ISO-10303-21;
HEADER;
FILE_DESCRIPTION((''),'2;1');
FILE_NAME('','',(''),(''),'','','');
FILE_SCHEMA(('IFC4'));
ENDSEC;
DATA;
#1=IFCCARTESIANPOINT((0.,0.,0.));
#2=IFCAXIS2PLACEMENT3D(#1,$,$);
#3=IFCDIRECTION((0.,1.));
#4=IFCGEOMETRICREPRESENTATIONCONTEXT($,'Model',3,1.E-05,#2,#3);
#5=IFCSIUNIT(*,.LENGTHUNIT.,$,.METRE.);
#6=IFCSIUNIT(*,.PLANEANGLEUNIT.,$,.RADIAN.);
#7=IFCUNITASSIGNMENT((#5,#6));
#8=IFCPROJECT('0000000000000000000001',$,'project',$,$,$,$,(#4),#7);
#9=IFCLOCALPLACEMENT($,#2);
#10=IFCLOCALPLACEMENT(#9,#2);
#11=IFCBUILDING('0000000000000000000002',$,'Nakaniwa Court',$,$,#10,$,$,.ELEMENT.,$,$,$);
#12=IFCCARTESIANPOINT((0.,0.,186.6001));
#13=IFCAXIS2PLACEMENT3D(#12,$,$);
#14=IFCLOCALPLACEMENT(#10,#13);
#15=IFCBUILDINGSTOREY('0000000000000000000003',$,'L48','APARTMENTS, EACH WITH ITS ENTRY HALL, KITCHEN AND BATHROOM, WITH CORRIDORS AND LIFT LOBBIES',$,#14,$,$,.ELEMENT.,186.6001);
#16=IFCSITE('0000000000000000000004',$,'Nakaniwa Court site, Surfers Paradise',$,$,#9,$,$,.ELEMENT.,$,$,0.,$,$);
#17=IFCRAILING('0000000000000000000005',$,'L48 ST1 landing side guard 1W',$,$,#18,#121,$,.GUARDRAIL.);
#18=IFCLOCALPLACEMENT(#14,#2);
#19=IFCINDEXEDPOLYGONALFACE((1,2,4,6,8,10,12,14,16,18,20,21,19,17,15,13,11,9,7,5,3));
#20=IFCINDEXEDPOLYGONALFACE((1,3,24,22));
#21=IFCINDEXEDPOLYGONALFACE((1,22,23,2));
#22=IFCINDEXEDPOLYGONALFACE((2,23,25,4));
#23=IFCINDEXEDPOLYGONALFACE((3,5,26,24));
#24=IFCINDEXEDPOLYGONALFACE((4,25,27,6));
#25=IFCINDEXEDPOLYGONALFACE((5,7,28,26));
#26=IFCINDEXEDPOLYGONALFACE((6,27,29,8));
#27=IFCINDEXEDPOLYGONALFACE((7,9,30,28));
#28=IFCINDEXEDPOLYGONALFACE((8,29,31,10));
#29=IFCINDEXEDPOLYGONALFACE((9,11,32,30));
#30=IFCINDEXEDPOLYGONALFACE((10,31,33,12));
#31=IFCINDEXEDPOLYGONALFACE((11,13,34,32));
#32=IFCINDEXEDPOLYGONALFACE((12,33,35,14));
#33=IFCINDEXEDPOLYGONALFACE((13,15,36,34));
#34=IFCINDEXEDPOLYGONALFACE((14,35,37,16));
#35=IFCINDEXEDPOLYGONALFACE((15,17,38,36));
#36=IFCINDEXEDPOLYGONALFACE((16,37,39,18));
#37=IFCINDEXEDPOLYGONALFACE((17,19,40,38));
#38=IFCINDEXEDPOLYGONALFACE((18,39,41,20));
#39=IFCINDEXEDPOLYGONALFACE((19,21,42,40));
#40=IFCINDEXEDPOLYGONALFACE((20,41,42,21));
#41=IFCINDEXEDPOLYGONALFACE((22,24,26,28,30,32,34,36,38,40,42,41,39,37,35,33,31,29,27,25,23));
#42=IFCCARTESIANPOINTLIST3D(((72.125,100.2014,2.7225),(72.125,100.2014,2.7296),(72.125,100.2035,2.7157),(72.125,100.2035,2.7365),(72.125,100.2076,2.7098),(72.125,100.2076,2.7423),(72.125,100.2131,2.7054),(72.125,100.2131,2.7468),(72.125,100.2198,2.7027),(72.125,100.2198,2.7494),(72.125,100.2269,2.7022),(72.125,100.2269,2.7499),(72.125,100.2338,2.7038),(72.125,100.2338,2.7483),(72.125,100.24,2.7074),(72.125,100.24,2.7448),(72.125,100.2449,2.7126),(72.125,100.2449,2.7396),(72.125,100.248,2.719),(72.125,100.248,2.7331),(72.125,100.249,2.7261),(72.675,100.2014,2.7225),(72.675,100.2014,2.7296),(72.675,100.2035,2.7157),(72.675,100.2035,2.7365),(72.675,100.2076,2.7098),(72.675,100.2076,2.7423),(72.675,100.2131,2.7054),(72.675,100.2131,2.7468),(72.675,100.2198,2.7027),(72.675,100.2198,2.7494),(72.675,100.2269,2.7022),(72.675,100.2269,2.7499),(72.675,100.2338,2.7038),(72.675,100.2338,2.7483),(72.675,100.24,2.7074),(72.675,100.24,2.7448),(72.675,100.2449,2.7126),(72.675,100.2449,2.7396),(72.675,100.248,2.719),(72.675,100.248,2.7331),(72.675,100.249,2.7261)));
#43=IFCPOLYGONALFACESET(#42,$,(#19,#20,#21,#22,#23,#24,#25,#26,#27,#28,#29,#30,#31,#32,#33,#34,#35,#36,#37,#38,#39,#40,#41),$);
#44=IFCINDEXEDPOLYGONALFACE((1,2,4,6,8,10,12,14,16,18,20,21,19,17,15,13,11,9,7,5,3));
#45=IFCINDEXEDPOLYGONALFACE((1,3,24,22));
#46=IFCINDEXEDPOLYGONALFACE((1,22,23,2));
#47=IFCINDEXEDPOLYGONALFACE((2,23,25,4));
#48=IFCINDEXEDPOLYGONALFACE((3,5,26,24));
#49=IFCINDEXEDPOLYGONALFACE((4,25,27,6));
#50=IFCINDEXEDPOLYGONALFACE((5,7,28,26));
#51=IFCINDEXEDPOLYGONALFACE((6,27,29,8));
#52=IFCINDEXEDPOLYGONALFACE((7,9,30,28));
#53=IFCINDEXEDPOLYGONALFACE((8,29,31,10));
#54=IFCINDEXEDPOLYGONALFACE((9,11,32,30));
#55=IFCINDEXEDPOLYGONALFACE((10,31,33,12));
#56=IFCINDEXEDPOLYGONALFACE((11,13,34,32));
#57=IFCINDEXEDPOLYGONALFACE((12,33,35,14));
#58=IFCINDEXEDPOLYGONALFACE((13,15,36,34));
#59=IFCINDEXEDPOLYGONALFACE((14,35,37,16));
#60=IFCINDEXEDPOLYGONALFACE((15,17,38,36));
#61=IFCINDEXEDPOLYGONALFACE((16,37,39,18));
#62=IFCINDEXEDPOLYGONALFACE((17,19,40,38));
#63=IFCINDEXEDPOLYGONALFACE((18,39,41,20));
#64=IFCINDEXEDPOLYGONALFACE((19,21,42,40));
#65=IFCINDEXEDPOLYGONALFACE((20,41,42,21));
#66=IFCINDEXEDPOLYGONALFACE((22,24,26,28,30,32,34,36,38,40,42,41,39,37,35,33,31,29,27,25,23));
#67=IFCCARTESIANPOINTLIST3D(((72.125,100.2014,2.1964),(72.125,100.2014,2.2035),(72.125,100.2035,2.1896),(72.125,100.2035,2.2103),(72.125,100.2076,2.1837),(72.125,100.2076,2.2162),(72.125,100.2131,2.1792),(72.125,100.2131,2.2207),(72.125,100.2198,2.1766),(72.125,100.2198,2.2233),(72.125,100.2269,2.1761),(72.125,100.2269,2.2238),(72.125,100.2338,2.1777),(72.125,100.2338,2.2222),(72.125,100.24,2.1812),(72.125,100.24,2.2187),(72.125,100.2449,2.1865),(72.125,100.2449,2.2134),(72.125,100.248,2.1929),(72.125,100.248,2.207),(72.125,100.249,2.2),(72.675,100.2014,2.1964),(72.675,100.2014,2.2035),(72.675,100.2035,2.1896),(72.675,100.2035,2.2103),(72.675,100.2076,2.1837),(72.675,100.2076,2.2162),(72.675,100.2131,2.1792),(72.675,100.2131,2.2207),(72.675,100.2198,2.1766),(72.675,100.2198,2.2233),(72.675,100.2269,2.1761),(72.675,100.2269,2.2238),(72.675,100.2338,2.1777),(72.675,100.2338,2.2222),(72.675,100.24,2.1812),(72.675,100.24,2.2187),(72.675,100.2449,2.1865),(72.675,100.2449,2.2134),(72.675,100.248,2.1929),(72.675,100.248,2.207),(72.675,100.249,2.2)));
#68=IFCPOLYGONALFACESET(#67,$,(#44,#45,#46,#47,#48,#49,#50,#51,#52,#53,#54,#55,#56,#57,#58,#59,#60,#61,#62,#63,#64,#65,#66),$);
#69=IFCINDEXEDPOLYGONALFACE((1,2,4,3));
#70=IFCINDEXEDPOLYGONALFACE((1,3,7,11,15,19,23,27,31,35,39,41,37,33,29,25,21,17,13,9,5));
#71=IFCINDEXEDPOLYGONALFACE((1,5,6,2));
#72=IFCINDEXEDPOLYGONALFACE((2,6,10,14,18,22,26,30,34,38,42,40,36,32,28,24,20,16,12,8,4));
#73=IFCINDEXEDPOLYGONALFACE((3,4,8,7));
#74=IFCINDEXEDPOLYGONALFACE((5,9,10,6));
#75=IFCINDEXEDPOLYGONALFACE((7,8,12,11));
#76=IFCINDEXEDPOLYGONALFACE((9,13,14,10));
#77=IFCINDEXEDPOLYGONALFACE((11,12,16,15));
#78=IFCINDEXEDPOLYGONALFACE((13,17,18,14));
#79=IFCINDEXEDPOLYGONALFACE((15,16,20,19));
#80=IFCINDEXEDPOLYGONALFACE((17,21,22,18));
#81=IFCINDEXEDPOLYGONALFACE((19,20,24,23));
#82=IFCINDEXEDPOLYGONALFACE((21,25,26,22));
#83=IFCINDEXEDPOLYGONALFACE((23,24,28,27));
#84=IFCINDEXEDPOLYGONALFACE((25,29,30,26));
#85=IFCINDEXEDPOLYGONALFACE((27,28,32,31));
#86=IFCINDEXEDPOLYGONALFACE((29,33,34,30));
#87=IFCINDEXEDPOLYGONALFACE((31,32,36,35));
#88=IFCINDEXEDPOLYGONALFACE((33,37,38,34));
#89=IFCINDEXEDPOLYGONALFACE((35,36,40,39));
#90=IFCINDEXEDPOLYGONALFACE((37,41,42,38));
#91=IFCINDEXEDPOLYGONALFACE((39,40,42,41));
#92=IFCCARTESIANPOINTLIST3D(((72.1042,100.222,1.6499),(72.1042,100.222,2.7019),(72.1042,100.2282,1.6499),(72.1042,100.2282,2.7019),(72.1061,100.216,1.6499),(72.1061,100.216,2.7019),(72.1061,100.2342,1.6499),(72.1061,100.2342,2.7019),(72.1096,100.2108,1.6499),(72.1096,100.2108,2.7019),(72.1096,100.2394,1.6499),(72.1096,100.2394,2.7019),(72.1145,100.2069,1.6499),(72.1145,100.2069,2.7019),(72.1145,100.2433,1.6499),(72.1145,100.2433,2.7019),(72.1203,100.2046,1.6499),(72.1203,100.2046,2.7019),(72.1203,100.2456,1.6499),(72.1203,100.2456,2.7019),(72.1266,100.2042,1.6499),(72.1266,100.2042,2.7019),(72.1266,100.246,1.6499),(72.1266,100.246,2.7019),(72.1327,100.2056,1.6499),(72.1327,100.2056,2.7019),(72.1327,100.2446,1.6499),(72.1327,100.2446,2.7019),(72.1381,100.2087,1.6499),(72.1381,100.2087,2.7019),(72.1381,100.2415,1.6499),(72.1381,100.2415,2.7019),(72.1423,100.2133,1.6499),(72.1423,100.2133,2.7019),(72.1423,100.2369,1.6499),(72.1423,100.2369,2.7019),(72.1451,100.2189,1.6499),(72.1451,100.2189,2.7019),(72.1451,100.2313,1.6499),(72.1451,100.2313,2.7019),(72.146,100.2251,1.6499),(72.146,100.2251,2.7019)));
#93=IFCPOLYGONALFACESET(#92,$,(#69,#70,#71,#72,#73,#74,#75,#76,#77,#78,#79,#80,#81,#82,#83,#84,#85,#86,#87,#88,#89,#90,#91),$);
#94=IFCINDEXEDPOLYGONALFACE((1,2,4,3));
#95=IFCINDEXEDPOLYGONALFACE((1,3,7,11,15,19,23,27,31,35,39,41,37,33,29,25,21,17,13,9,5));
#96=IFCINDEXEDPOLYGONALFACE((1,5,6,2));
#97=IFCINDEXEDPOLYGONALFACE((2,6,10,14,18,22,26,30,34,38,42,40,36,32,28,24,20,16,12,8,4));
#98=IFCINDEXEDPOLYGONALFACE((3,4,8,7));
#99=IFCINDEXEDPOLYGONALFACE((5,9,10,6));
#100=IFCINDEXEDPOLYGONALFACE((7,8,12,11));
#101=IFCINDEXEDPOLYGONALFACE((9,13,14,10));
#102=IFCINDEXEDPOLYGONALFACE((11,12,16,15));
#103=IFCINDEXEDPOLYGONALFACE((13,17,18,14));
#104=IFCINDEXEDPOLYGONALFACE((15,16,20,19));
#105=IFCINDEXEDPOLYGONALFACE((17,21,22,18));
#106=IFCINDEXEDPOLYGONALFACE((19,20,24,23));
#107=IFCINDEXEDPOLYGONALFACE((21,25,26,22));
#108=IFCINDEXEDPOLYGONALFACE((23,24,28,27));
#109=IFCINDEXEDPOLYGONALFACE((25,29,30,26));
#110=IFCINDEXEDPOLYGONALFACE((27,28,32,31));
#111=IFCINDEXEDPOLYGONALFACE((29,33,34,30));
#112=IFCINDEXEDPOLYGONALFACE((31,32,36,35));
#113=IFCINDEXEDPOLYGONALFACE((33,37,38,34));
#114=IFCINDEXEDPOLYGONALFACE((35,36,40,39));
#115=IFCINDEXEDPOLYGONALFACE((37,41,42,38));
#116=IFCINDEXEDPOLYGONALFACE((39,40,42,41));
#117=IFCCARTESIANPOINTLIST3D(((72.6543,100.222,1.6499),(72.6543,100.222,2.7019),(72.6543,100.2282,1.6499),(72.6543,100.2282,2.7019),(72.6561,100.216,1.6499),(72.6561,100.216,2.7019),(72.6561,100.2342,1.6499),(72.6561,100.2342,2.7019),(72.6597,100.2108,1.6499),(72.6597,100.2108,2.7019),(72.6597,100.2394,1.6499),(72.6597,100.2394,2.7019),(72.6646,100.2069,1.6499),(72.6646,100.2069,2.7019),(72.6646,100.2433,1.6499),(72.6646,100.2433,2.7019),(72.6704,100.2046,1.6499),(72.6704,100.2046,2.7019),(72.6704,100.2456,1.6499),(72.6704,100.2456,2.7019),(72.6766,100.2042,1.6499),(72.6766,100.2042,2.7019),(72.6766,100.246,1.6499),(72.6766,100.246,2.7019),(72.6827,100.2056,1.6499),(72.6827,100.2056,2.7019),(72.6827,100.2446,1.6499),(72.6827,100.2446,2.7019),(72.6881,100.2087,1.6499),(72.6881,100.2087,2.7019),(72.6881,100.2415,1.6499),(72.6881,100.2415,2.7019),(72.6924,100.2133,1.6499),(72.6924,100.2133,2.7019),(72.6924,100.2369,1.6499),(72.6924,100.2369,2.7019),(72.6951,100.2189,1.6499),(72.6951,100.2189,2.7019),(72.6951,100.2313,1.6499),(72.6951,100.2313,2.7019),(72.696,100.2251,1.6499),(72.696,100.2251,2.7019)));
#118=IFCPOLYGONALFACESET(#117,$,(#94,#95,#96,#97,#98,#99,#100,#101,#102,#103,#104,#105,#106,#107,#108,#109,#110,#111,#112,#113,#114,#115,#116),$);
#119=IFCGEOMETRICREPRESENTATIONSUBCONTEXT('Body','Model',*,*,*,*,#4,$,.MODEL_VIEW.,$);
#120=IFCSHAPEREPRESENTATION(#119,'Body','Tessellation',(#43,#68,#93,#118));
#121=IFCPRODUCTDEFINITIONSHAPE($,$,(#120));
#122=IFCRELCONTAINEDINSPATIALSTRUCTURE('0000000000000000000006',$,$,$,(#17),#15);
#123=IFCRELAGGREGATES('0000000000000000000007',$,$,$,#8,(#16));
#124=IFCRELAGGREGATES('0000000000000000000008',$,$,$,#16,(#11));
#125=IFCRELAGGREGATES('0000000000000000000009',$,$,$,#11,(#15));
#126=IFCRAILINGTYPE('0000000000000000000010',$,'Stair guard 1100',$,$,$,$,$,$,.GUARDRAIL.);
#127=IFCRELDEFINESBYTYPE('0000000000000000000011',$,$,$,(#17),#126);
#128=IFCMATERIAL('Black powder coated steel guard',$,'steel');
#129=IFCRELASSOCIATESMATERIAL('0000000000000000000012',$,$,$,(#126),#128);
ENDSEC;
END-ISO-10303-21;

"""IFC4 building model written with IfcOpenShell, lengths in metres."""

from ifc_helpers import new_model, si_unit, direction, frame, origin, origin_2d, place, context, subcontext, project, spatial, circle, extrude, material, type_object, element, save


model = new_model("IFC4")

# Units and contexts
model_context = context("Model", 3, precision=1e-05, world=origin(), true_north=direction((0.0, 1.0)))
body_context = subcontext(model_context, "Body", "Model", "MODEL_VIEW")
ifc_project = project(units=[si_unit("LENGTHUNIT", "METRE"), si_unit("PLANEANGLEUNIT", "RADIAN")], contexts=[model_context])

# Site, building, storey
site_placement = place(None, origin())
site = spatial("IfcSite", under=ifc_project, at=site_placement, Name="Nakaniwa Court site, Surfers Paradise", CompositionType="ELEMENT", RefElevation=0.0)
building_placement = place(site_placement, origin())
building = spatial("IfcBuilding", under=site, at=building_placement, Name="Nakaniwa Court", CompositionType="ELEMENT")
storey_placement = place(building_placement, frame((0.0, 0.0, 186.6001)))
storey = spatial("IfcBuildingStorey", under=building, at=storey_placement, Name="L48", Description="APARTMENTS, EACH WITH ITS ENTRY HALL, KITCHEN AND BATHROOM, WITH CORRIDORS AND LIFT LOBBIES", CompositionType="ELEMENT", Elevation=186.6001)

# Railing
ifc_material_1 = material(Name="Black powder coated steel guard", Category="steel")
railing_type_1 = type_object("IfcRailingType", Name="Stair guard 1100", PredefinedType="GUARDRAIL", material=ifc_material_1)
for number, where, name in (
    (1, (72.125, 100.2251, 1.6499), "L48 ST1 landing side guard 1W"),
):
    element("IfcRailing", number, at=place(storey_placement, frame(where)), inside=storey, type_object=railing_type_1, Name=name, PredefinedType="GUARDRAIL", context=body_context, shape_type="SweptSolid", body=[
        extrude(circle(Radius=0.0239, at=origin_2d()), frame((0.0, 0.0, 1.0762), z_axis=(1.0, 0.0, 0.0), x_axis=(0.0, 1.0, 0.0)), (0.0, 0.0, 1.0), 0.55),
        extrude(circle(Radius=0.0239, at=origin_2d()), frame((0.0, 0.0, 0.55), z_axis=(1.0, 0.0, 0.0), x_axis=(0.0, 1.0, 0.0)), (0.0, 0.0, 1.0), 0.55),
        extrude(circle(Radius=0.021, at=origin_2d()), origin(), (0.0, 0.0, 1.0), 1.052),
        extrude(circle(Radius=0.021, at=origin_2d()), frame((0.55, 0.0, 0.0)), (0.0, 0.0, 1.0), 1.052),
    ])

save(model, "model.ifc")
